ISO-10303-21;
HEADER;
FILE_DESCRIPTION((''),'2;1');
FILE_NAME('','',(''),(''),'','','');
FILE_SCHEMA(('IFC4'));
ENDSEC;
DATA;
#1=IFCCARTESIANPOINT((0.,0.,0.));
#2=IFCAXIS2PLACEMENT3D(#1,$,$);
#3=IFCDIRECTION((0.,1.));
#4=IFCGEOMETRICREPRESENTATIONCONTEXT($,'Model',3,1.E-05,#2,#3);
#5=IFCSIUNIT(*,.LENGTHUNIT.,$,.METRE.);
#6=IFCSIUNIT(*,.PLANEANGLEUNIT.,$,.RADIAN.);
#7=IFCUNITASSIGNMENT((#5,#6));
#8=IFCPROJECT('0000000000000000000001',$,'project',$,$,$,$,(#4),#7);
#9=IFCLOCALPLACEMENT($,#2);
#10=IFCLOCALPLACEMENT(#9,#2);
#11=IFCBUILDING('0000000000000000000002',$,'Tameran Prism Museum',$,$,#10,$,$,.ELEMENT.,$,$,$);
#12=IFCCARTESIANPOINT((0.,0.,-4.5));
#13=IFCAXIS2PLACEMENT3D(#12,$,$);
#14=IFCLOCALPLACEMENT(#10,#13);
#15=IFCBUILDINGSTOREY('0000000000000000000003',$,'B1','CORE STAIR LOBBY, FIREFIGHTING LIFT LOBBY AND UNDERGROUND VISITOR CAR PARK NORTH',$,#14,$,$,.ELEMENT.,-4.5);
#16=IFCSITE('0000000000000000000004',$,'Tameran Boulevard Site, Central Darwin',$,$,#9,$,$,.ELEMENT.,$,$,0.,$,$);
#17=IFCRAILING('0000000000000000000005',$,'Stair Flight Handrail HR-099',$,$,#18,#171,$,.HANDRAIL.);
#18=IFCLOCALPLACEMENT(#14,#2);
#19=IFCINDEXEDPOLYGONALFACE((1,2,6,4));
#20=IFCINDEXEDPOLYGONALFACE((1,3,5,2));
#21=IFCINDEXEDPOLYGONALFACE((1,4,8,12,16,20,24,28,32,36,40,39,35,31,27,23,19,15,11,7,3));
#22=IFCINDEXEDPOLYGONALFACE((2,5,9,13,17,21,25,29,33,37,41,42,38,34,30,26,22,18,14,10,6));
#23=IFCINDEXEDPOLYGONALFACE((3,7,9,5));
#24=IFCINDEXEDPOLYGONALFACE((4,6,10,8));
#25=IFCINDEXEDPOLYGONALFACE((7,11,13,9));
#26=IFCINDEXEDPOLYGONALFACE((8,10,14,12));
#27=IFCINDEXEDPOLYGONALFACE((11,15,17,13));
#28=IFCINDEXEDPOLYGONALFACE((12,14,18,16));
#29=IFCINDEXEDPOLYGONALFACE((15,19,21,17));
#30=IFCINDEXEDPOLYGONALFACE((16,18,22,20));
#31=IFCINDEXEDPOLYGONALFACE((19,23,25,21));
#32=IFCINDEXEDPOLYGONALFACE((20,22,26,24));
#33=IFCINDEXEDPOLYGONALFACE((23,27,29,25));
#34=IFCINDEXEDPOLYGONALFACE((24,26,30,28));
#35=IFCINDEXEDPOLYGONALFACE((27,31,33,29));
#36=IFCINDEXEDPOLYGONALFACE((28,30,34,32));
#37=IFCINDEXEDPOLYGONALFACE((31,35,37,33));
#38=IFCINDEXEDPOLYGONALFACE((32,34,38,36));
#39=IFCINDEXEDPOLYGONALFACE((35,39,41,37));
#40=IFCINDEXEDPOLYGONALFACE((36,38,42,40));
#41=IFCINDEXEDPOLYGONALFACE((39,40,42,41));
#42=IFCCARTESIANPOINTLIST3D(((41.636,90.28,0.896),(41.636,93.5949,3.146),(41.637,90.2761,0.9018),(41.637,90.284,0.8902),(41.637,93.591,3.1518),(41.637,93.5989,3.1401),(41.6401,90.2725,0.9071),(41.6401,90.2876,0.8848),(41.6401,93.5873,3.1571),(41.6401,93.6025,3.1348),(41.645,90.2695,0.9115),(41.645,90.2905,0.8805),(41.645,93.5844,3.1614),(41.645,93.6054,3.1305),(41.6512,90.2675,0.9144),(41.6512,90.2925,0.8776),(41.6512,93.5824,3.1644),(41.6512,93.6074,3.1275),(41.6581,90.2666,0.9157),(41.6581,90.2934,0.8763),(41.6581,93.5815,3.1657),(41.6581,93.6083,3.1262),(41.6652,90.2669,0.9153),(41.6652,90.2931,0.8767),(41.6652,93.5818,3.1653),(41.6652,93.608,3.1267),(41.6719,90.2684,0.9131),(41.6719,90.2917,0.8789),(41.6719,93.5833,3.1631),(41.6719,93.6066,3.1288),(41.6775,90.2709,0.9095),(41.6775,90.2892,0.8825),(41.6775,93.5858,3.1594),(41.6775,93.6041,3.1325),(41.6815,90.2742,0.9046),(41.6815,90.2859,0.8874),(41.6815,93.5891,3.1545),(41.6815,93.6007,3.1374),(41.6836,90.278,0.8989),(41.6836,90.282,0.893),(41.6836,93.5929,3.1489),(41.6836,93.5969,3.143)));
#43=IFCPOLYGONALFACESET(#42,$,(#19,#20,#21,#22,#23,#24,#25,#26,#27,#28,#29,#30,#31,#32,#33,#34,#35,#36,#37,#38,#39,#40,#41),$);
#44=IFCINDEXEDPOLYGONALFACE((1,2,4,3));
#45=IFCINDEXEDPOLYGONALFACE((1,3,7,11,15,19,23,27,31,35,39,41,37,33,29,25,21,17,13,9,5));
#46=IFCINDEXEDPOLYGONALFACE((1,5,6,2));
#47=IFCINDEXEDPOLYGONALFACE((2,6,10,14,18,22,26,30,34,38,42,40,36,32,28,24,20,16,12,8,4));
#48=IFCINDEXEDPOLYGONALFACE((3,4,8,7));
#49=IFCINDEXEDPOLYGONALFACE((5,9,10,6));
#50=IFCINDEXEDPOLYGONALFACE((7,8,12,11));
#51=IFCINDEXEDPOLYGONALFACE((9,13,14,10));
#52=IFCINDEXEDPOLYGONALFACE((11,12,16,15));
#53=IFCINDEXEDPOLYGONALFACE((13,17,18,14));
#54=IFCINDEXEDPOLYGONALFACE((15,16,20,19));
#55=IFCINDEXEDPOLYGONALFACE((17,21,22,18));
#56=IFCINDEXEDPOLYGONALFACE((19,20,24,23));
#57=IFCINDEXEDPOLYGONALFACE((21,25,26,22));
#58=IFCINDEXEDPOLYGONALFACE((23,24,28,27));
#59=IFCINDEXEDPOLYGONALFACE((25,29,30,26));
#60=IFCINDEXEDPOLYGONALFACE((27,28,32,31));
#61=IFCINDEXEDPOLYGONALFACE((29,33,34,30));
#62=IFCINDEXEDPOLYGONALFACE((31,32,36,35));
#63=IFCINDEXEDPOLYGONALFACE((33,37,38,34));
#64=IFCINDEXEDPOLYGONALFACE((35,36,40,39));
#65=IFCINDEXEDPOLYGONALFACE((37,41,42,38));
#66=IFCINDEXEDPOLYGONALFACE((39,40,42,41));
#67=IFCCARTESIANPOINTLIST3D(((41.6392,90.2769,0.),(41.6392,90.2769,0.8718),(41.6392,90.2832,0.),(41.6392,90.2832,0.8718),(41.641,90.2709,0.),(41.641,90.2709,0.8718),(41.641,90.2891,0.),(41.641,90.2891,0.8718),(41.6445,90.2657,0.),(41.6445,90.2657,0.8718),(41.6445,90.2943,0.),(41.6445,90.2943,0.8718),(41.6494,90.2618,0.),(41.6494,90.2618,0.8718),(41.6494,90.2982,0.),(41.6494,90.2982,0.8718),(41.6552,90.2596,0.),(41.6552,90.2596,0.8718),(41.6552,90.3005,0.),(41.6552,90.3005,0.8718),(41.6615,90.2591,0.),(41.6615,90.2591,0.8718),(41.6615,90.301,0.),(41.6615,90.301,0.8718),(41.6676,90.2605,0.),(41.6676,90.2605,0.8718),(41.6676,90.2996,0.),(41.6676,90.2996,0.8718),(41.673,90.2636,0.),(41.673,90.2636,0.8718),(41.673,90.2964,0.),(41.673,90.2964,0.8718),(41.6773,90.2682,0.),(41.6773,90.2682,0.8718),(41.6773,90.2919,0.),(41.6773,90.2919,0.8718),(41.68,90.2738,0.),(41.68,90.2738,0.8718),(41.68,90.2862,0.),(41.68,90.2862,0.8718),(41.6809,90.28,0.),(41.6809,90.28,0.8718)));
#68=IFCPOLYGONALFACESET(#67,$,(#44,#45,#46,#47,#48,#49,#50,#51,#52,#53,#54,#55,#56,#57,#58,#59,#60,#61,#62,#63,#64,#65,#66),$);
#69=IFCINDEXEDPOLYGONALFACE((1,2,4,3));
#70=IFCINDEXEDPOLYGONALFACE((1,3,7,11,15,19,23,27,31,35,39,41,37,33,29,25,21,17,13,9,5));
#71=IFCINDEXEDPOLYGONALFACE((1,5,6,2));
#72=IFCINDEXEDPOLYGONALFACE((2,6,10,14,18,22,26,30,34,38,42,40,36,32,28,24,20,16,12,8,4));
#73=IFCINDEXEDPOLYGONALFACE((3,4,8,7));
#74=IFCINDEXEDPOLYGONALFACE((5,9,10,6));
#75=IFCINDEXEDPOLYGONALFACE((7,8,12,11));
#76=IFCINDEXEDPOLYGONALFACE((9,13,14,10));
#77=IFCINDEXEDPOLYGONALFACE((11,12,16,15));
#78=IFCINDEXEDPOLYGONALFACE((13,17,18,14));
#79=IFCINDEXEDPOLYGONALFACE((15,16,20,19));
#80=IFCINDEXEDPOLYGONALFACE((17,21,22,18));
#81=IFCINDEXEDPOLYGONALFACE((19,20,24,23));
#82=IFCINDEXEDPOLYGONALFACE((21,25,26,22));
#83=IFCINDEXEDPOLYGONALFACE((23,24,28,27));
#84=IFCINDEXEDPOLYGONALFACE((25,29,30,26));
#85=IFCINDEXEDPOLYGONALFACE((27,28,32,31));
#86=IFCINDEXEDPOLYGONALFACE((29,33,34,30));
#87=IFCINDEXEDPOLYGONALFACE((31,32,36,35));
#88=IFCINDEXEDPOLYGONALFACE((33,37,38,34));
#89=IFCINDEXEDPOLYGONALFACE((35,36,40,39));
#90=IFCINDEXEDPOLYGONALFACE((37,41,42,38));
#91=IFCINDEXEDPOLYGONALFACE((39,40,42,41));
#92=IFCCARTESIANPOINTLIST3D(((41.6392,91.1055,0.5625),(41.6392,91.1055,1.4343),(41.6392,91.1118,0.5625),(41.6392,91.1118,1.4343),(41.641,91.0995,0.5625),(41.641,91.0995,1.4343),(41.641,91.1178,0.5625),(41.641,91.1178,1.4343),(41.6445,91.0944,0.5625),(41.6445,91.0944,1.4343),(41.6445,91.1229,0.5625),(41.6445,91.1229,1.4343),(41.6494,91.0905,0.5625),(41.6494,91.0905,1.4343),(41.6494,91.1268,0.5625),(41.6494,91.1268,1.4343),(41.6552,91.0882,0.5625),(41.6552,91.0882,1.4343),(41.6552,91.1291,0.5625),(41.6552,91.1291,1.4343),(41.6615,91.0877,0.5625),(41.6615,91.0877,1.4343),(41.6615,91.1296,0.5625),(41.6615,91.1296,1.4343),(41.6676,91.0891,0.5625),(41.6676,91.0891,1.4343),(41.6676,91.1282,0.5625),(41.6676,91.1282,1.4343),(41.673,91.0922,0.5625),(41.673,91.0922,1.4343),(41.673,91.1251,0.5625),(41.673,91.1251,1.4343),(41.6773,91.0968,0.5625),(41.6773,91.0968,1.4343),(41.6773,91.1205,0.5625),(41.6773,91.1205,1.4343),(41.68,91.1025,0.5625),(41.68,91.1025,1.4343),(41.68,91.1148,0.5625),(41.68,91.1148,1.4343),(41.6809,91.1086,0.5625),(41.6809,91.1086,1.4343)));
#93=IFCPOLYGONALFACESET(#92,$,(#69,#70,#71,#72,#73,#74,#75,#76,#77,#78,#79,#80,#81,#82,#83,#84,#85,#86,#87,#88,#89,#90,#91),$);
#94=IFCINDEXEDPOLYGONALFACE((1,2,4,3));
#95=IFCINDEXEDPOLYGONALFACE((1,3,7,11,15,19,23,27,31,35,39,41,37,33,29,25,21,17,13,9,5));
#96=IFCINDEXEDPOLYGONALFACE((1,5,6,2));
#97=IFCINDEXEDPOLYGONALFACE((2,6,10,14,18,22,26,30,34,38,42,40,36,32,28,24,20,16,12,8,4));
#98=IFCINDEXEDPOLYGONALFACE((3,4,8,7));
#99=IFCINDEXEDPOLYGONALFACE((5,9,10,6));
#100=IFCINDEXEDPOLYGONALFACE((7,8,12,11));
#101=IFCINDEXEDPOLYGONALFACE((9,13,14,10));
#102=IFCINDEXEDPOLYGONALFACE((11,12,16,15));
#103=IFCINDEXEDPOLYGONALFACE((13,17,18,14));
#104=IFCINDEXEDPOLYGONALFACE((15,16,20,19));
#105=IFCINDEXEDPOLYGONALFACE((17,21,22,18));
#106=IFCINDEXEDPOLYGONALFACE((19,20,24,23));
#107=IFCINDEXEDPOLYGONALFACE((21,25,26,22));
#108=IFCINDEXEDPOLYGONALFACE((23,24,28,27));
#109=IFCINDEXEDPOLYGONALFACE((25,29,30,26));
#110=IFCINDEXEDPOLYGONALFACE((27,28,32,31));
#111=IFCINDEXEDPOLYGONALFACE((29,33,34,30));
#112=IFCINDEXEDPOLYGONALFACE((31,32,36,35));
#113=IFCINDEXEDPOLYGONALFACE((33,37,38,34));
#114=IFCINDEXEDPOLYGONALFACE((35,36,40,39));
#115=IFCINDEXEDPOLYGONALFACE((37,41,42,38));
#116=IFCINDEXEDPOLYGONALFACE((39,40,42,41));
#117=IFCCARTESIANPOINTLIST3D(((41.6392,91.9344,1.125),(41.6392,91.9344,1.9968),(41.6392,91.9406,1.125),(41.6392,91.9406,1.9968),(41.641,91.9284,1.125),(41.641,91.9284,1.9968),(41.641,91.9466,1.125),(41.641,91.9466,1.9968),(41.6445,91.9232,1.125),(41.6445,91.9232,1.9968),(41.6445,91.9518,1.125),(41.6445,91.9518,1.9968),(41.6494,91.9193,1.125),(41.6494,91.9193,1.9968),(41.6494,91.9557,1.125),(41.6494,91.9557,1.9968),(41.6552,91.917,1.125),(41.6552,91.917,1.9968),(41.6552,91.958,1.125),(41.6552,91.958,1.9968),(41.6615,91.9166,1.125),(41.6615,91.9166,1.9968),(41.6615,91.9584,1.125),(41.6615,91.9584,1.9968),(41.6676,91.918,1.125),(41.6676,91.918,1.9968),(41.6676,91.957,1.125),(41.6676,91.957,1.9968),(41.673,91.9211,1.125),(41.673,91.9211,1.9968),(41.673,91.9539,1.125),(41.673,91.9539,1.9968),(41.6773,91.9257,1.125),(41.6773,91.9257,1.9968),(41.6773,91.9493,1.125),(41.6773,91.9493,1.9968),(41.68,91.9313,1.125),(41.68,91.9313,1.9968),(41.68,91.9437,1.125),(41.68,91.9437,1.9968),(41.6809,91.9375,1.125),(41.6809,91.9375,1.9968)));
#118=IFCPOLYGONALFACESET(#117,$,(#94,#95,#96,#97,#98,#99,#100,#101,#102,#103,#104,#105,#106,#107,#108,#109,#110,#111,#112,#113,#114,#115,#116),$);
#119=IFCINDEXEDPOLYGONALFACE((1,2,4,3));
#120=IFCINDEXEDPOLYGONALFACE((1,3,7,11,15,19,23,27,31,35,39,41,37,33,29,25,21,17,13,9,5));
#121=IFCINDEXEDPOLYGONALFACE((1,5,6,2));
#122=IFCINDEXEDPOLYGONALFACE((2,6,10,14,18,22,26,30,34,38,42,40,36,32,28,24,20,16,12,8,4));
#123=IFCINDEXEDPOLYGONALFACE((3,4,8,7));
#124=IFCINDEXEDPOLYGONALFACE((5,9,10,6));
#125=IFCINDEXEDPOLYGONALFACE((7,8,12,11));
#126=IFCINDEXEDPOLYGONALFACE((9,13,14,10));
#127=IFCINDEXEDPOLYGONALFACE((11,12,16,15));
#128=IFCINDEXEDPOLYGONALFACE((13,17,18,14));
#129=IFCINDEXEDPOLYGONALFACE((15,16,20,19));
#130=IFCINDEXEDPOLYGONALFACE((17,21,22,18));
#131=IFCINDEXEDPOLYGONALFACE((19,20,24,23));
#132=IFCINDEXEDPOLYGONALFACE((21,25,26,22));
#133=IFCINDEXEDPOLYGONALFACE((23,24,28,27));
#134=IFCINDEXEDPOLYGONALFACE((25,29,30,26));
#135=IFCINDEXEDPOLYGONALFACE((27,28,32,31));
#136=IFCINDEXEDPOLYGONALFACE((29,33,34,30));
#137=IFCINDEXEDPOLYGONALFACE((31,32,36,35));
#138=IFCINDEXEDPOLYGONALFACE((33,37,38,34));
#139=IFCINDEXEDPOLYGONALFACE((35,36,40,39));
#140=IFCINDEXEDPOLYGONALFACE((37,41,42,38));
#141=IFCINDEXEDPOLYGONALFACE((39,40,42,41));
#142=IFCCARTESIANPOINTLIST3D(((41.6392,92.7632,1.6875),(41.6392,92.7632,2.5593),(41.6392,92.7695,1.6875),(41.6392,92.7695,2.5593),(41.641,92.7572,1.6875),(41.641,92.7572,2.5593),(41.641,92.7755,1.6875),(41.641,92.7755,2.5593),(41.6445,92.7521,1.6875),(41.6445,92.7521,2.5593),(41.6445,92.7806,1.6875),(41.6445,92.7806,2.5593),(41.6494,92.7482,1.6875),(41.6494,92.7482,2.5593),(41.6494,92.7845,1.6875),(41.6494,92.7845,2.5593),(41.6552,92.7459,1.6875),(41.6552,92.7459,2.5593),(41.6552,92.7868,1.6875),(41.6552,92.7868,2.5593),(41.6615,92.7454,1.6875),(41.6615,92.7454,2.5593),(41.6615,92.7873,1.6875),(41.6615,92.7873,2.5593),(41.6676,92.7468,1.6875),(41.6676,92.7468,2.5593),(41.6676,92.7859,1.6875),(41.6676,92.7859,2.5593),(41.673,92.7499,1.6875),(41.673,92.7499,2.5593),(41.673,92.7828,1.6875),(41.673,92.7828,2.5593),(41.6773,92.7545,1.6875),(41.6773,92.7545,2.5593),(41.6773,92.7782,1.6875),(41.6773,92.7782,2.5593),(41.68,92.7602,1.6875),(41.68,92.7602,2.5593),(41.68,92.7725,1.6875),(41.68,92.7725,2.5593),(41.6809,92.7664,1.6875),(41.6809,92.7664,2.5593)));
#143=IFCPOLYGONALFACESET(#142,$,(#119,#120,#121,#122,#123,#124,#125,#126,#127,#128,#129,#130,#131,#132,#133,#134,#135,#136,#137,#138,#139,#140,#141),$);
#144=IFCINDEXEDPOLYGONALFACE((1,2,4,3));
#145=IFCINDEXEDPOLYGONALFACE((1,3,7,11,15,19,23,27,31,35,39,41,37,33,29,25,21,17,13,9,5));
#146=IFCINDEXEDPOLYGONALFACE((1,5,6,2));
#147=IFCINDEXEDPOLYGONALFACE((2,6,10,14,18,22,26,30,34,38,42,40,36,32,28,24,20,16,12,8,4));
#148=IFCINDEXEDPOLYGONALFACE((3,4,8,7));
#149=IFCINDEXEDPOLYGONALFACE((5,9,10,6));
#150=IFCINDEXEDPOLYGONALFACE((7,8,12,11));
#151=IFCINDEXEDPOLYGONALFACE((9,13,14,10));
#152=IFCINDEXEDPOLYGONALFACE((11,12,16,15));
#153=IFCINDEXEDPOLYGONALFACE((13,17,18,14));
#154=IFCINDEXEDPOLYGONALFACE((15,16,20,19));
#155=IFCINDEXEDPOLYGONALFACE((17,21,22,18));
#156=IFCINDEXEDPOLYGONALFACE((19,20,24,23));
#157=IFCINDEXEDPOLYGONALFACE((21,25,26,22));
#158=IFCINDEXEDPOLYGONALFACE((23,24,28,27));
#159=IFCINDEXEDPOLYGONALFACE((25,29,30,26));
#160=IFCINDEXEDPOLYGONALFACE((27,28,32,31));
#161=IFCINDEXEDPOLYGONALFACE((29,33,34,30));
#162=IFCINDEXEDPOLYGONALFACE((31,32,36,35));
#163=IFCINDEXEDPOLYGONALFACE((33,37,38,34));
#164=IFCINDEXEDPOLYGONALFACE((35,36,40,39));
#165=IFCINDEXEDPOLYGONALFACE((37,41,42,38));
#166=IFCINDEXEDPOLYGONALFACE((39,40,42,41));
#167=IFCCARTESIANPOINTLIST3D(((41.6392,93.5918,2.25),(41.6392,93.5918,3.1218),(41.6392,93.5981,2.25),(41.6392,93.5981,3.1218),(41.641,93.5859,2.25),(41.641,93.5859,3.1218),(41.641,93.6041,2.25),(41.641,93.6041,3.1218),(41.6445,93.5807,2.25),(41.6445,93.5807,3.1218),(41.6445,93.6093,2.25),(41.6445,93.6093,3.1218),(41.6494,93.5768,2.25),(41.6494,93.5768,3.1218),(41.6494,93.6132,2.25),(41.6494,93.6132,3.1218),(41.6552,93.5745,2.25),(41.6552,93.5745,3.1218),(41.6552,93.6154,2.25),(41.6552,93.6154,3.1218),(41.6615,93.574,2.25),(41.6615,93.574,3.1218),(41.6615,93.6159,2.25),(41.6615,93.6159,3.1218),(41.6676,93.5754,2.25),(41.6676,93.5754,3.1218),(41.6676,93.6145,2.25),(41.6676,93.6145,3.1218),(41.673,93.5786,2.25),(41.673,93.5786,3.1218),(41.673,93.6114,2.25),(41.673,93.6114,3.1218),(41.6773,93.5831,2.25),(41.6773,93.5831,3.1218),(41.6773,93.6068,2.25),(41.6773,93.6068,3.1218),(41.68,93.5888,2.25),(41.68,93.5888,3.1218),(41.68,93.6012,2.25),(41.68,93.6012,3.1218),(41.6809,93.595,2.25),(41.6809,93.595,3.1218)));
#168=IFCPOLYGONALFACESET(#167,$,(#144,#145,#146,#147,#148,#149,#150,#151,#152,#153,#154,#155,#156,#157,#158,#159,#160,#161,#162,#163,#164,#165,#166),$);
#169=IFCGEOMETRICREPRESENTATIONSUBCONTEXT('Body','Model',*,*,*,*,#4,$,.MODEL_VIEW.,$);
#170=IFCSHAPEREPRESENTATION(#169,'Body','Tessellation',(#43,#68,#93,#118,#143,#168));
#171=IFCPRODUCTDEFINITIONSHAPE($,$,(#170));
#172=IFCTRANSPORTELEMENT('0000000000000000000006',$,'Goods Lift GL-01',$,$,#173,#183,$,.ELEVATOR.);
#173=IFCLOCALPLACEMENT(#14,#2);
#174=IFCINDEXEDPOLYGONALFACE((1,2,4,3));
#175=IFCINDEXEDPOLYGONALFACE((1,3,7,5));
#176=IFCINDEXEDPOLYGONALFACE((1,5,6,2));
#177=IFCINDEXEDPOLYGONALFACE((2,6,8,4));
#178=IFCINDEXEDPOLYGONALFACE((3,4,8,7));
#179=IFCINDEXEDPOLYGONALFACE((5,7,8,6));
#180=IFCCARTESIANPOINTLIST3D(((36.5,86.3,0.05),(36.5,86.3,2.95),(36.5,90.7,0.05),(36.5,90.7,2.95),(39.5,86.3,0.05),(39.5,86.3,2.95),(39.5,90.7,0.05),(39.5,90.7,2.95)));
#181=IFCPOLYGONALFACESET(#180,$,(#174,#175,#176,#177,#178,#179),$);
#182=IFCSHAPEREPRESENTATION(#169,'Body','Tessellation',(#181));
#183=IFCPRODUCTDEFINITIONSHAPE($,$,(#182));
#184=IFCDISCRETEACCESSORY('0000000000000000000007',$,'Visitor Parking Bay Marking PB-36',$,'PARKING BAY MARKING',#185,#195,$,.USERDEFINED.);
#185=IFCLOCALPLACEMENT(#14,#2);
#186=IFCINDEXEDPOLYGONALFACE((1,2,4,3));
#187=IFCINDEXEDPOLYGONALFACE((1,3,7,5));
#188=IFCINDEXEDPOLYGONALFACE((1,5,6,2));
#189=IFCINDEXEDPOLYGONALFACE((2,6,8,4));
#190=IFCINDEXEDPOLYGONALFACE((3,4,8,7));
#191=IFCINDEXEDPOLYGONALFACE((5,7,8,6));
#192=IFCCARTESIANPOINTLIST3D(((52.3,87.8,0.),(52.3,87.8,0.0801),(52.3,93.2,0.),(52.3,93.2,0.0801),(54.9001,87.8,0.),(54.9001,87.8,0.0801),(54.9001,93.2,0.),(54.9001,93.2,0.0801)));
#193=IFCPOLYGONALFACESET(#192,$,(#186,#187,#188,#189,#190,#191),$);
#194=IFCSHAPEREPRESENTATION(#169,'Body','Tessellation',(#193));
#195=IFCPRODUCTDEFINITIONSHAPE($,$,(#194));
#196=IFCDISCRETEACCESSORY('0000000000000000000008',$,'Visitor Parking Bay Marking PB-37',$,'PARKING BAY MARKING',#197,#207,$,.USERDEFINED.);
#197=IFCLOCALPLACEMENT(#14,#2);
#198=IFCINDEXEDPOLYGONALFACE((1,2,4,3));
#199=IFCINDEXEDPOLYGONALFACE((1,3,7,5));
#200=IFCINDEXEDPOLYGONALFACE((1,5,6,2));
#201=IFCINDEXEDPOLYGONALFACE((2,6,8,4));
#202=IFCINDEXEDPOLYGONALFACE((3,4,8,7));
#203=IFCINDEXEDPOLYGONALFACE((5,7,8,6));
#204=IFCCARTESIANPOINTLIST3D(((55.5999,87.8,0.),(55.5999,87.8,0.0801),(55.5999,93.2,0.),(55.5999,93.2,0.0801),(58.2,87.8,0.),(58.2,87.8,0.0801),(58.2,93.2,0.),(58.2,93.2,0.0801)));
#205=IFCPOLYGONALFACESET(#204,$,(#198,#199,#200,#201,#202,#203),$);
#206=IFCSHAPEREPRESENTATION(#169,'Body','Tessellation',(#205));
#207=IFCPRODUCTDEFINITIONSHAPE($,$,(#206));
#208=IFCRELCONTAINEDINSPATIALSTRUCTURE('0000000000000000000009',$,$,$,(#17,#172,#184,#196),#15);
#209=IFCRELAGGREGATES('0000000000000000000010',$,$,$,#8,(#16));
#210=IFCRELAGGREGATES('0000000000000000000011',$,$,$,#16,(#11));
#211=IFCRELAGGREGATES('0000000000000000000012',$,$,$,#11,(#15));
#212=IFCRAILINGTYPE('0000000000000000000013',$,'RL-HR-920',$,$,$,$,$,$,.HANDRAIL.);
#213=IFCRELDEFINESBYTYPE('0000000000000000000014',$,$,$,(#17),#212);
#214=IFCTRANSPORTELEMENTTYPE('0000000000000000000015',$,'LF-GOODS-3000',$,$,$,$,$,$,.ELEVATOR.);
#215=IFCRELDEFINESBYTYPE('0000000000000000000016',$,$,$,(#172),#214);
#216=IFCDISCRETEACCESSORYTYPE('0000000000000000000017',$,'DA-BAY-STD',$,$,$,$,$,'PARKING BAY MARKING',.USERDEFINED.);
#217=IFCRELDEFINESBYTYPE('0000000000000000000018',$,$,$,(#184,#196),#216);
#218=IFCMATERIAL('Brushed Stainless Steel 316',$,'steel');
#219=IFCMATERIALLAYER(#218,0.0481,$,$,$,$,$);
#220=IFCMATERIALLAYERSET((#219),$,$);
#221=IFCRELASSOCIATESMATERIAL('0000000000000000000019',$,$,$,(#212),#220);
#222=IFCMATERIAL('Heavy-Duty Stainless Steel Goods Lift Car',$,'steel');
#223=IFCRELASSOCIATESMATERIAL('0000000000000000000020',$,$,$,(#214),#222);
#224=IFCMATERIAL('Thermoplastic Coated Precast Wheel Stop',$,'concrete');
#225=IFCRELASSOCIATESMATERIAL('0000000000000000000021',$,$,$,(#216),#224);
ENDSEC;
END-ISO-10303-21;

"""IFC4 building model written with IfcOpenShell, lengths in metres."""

from ifc_helpers import new_model, si_unit, direction, frame, origin, origin_2d, place, context, subcontext, project, spatial, rectangle, circle, extrude, material, layer, layer_set, type_object, element, save


model = new_model("IFC4")

# Units and contexts
model_context = context("Model", 3, precision=1e-05, world=origin(), true_north=direction((0.0, 1.0)))
body_context = subcontext(model_context, "Body", "Model", "MODEL_VIEW")
ifc_project = project(units=[si_unit("LENGTHUNIT", "METRE"), si_unit("PLANEANGLEUNIT", "RADIAN")], contexts=[model_context])

# Site, building, storey
site_placement = place(None, origin())
site = spatial("IfcSite", under=ifc_project, at=site_placement, Name="Tameran Boulevard Site, Central Darwin", CompositionType="ELEMENT", RefElevation=0.0)
building_placement = place(site_placement, origin())
building = spatial("IfcBuilding", under=site, at=building_placement, Name="Tameran Prism Museum", CompositionType="ELEMENT")
storey_placement = place(building_placement, frame((0.0, 0.0, -4.5)))
storey = spatial("IfcBuildingStorey", under=building, at=storey_placement, Name="B1", Description="CORE STAIR LOBBY, FIREFIGHTING LIFT LOBBY AND UNDERGROUND VISITOR CAR PARK NORTH", CompositionType="ELEMENT", Elevation=-4.5)

# Railing
ifc_material_1 = material(Name="Brushed Stainless Steel 316", Category="steel")
ifc_layer_1 = layer(ifc_material_1, 0.0481)
ifc_layer_set_1 = layer_set([ifc_layer_1])
railing_type_1 = type_object("IfcRailingType", Name="RL-HR-920", PredefinedType="HANDRAIL", material=ifc_layer_set_1)
railing_1_placement = place(storey_placement, frame((41.6599, 90.28, 0.0)))
element("IfcRailing", 1, at=railing_1_placement, inside=storey, type_object=railing_type_1, Name="Stair Flight Handrail HR-099", PredefinedType="HANDRAIL", context=body_context, shape_type="SweptSolid", body=[
    extrude(circle(Radius=0.0239, at=origin_2d()), frame((0.0, 0.0, 0.896), z_axis=(0.0, 0.827409, 0.5616), x_axis=(-1.0, 0.0, 0.0)), (0.0, 0.0, 1.0), 4.0063),
    extrude(circle(Radius=0.021, at=origin_2d()), origin(), (0.0, 0.0, 1.0), 0.8718),
    extrude(circle(Radius=0.021, at=origin_2d()), frame((0.0, 0.8286, 0.5625)), (0.0, 0.0, 1.0), 0.8718),
    extrude(circle(Radius=0.021, at=origin_2d()), frame((0.0, 1.6575, 1.125)), (0.0, 0.0, 1.0), 0.8718),
    extrude(circle(Radius=0.021, at=origin_2d()), frame((0.0, 2.4863, 1.6875)), (0.0, 0.0, 1.0), 0.8718),
    extrude(circle(Radius=0.021, at=origin_2d()), frame((0.0, 3.3149, 2.25)), (0.0, 0.0, 1.0), 0.8718),
])

# Transport element
ifc_material_2 = material(Name="Heavy-Duty Stainless Steel Goods Lift Car", Category="steel")
transport_element_type = type_object("IfcTransportElementType", Name="LF-GOODS-3000", PredefinedType="ELEVATOR", material=ifc_material_2)
transport_element_placement = place(storey_placement, frame((38.0, 88.5, 0.05), z_axis=(0.0, 0.0, 1.0), x_axis=(1.0, 0.0, 0.0)))
element("IfcTransportElement", 2, at=transport_element_placement, inside=storey, type_object=transport_element_type, Name="Goods Lift GL-01", PredefinedType="ELEVATOR", context=body_context, shape_type="SweptSolid", body=[
    extrude(rectangle(XDim=3.0, YDim=4.3999, at=origin_2d()), origin(), (0.0, 0.0, 1.0), 2.8999),
])

# Discrete accessories
ifc_material_3 = material(Name="Thermoplastic Coated Precast Wheel Stop", Category="concrete")
discrete_accessory_type = type_object("IfcDiscreteAccessoryType", Name="DA-BAY-STD", ElementType="PARKING BAY MARKING", PredefinedType="USERDEFINED", material=ifc_material_3)
for number, where, z_axis, x_axis, name in (
    (3, (53.6001, 90.5, 0.0), (0.0, 0.0, 1.0), (1.0, 0.0, 0.0), "Visitor Parking Bay Marking PB-36"),
    (4, (56.8999, 90.5, 0.0), (0.0, 0.0, 1.0), (1.0, 0.0, 0.0), "Visitor Parking Bay Marking PB-37"),
):
    element("IfcDiscreteAccessory", number, at=place(storey_placement, frame(where, z_axis=z_axis, x_axis=x_axis)), inside=storey, type_object=discrete_accessory_type, Name=name, ObjectType="PARKING BAY MARKING", PredefinedType="USERDEFINED", context=body_context, shape_type="SweptSolid", body=[
        extrude(rectangle(XDim=2.6001, YDim=5.3999, at=origin_2d()), origin(), (0.0, 0.0, 1.0), 0.0801),
    ])

save(model, "model.ifc")
